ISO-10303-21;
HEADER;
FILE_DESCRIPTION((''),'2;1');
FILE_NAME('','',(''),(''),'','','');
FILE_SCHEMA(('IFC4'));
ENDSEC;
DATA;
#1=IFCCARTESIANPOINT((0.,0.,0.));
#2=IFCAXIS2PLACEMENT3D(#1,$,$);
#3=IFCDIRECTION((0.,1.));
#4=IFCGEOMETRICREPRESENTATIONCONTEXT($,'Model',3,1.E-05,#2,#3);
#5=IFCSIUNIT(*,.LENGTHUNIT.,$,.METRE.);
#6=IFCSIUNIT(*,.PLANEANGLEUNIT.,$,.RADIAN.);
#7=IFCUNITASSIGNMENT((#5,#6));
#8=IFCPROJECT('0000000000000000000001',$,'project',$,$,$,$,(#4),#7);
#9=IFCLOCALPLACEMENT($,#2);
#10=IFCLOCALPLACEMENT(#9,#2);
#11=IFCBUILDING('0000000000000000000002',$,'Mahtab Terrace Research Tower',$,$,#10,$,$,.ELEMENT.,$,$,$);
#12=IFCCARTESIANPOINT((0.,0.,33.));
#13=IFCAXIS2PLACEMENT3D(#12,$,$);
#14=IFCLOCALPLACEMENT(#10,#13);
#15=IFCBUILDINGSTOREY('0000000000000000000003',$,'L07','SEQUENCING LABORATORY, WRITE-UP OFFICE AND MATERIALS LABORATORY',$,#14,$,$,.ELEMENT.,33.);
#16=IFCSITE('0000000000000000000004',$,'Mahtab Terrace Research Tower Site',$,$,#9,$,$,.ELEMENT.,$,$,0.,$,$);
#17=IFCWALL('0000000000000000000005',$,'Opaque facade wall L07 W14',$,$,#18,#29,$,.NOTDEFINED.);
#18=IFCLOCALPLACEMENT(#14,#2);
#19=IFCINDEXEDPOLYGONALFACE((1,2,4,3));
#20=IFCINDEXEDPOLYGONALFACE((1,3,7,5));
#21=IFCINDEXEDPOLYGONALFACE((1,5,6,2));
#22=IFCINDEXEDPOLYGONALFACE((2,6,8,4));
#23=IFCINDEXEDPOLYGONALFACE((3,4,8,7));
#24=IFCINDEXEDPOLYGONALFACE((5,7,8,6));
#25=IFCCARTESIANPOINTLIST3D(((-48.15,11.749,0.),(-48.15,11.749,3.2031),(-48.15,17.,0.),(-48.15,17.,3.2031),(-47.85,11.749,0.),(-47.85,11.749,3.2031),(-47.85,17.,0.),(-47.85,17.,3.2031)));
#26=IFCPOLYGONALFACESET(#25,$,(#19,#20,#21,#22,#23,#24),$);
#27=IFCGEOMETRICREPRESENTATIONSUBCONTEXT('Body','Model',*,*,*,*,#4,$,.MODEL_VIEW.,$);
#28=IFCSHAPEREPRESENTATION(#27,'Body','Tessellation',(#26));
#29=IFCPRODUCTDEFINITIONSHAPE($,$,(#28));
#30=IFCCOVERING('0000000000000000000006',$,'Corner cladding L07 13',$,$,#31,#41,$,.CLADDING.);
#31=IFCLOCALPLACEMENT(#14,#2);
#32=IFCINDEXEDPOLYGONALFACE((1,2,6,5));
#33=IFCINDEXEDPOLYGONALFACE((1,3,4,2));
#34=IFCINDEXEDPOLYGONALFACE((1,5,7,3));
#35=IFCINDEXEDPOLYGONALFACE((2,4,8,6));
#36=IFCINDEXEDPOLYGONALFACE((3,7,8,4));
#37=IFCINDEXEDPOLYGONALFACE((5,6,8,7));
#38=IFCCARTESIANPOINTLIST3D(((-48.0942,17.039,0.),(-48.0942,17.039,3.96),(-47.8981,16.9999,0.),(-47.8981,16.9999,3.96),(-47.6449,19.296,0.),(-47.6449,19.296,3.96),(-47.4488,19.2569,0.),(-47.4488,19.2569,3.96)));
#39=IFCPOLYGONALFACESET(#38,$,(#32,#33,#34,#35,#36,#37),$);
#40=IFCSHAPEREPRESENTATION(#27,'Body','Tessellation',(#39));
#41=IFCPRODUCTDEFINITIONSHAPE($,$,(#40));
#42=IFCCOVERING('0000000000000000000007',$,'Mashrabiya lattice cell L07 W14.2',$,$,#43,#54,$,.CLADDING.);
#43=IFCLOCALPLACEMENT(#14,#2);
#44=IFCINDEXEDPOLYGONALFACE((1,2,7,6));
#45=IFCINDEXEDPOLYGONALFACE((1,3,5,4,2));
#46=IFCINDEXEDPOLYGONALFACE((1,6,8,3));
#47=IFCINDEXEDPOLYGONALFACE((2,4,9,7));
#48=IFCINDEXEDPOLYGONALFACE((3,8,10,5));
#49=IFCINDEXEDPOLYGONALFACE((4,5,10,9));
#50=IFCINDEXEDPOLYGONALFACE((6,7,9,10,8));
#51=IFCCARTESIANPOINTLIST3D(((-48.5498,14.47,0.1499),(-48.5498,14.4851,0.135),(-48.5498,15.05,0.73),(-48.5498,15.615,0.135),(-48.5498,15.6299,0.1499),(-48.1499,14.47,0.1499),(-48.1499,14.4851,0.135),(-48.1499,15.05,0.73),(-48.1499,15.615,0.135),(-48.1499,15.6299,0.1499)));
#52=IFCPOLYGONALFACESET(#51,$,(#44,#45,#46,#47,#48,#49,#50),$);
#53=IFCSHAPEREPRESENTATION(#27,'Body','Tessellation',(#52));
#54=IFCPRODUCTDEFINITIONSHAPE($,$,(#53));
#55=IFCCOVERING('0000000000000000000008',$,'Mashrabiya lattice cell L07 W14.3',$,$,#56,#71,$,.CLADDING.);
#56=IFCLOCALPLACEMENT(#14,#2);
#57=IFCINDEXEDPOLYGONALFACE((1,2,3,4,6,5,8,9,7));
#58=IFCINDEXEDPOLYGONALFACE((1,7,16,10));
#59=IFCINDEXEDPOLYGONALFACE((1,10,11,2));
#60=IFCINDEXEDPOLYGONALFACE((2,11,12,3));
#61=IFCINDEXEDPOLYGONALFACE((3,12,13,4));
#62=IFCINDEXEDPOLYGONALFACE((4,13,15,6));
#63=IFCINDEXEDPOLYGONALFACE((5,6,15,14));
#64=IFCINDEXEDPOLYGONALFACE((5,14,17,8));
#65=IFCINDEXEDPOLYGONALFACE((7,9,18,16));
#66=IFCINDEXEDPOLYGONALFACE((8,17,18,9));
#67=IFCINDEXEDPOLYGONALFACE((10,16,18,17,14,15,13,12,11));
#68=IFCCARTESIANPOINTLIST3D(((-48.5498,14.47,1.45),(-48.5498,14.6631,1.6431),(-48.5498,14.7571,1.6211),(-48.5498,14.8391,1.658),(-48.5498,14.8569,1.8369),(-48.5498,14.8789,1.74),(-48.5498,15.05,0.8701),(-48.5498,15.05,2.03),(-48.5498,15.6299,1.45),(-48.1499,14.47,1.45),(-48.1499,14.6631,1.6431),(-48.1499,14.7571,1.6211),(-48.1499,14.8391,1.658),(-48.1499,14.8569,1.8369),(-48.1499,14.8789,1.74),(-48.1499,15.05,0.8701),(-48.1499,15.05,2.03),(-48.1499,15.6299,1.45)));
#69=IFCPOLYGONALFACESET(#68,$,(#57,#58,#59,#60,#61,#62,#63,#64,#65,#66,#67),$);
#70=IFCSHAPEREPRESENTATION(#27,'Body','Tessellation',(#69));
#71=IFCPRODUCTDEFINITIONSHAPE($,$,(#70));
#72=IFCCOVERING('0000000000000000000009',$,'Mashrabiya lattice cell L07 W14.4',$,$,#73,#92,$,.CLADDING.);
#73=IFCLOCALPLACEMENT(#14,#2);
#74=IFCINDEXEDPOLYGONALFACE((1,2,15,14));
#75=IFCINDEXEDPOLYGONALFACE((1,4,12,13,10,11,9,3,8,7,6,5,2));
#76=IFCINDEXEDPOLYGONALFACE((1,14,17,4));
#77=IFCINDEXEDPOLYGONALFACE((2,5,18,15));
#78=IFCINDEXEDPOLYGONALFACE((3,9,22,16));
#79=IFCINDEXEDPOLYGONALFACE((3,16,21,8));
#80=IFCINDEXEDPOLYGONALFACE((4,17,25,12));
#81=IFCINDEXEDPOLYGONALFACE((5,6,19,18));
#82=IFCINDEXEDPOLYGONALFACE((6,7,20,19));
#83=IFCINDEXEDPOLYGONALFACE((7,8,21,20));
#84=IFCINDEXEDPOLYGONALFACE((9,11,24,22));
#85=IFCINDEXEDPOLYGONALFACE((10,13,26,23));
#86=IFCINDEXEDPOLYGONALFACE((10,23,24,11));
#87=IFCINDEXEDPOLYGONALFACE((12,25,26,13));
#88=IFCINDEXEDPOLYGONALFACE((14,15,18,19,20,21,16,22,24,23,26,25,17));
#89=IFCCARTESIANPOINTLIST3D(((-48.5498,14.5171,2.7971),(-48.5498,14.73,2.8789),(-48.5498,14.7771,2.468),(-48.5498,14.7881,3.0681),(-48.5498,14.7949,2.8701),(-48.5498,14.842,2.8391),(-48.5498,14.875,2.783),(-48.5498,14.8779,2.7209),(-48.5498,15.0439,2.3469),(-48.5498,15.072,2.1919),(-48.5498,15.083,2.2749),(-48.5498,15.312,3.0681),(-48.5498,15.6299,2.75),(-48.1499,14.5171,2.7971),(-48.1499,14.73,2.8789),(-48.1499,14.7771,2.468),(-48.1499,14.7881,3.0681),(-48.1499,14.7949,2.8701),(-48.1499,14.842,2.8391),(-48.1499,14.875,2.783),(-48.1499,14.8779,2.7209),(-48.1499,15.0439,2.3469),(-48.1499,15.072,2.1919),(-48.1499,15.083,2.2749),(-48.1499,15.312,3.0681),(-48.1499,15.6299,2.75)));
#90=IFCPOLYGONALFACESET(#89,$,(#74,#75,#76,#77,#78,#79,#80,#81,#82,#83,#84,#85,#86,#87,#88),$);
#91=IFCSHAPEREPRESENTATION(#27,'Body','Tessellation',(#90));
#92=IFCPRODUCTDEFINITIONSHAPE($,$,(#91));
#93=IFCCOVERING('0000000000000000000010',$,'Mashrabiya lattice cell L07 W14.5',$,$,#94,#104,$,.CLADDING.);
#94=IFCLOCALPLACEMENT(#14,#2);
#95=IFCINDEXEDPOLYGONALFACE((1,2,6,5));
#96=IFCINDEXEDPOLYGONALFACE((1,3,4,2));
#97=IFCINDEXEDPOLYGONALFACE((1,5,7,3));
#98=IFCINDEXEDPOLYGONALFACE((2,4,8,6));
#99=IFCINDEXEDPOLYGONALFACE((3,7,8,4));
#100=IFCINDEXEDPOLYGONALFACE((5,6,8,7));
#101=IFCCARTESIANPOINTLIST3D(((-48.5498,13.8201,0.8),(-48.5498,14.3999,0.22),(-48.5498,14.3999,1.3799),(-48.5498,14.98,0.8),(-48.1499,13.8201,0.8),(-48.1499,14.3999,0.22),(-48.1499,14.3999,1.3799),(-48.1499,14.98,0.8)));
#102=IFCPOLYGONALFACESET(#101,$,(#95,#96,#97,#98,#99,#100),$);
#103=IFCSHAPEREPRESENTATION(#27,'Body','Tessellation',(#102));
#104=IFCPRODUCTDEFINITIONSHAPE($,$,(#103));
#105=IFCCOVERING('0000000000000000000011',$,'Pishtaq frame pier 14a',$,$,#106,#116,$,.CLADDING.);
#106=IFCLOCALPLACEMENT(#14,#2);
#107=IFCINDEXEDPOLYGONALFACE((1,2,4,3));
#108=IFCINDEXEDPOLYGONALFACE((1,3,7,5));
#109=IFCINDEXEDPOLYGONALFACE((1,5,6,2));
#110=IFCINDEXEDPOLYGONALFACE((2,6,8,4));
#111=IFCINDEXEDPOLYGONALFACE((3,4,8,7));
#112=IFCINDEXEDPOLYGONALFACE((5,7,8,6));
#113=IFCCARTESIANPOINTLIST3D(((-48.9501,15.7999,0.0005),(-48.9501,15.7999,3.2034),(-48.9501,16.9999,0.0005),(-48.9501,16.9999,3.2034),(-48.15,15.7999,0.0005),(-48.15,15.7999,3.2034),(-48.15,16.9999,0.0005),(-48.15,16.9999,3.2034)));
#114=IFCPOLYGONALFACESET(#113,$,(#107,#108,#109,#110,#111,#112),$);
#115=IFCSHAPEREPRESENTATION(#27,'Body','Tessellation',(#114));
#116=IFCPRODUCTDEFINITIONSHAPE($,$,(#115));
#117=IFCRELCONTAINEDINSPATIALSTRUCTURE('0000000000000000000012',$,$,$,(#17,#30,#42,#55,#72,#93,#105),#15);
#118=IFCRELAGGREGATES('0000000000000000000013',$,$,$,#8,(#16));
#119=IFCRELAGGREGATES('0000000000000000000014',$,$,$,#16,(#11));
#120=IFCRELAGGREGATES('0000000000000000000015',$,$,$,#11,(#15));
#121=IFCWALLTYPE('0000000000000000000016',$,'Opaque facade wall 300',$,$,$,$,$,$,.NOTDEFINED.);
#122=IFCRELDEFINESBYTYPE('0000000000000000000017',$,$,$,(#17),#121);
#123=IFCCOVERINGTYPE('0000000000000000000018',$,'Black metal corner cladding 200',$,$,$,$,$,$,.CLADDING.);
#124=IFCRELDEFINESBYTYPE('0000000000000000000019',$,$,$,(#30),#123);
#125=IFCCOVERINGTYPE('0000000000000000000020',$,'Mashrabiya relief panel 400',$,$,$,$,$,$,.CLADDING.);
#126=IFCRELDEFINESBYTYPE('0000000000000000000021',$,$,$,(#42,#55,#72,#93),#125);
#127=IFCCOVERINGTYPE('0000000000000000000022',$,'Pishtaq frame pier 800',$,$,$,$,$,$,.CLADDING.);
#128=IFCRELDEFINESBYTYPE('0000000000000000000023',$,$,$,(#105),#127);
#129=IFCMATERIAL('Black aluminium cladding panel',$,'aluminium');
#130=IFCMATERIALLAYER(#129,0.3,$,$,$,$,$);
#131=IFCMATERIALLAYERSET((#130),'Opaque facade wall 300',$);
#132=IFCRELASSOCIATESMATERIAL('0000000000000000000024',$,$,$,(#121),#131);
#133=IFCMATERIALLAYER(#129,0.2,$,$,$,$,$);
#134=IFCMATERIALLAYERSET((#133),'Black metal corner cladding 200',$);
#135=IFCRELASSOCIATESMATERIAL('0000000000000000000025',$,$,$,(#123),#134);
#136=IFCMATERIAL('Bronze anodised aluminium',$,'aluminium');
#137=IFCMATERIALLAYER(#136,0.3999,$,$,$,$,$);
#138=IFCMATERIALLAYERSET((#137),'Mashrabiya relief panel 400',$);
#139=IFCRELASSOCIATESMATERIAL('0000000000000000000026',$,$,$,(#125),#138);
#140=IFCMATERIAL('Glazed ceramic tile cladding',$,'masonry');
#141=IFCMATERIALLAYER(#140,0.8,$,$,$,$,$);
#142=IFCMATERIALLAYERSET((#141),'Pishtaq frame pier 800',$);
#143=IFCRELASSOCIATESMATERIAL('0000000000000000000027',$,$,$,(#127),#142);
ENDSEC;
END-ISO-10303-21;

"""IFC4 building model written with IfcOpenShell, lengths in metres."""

from ifc_helpers import new_model, si_unit, direction, frame, frame_2d, origin, origin_2d, place, context, subcontext, project, spatial, polyline, rectangle, outline, extrude, material, layer, layer_set, type_object, element, save


model = new_model("IFC4")

# Units and contexts
model_context = context("Model", 3, precision=1e-05, world=origin(), true_north=direction((0.0, 1.0)))
body_context = subcontext(model_context, "Body", "Model", "MODEL_VIEW")
ifc_project = project(units=[si_unit("LENGTHUNIT", "METRE"), si_unit("PLANEANGLEUNIT", "RADIAN")], contexts=[model_context])

# Site, building, storey
site_placement = place(None, origin())
site = spatial("IfcSite", under=ifc_project, at=site_placement, Name="Mahtab Terrace Research Tower Site", CompositionType="ELEMENT", RefElevation=0.0)
building_placement = place(site_placement, origin())
building = spatial("IfcBuilding", under=site, at=building_placement, Name="Mahtab Terrace Research Tower", CompositionType="ELEMENT")
storey_placement = place(building_placement, frame((0.0, 0.0, 33.0)))
storey = spatial("IfcBuildingStorey", under=building, at=storey_placement, Name="L07", Description="SEQUENCING LABORATORY, WRITE-UP OFFICE AND MATERIALS LABORATORY", CompositionType="ELEMENT", Elevation=33.0)

# Wall
ifc_material_1 = material(Name="Black aluminium cladding panel", Category="aluminium")
ifc_layer_1 = layer(ifc_material_1, 0.3)
ifc_layer_set_1 = layer_set([ifc_layer_1], Name="Opaque facade wall 300")
wall_type_1 = type_object("IfcWallType", Name="Opaque facade wall 300", PredefinedType="NOTDEFINED", material=ifc_layer_set_1)
wall_1_placement = place(storey_placement, frame((-48.0, 17.0, 0.0), z_axis=(0.0, 0.0, 1.0), x_axis=(0.0, -1.0, 0.0)))
element("IfcWall", 1, at=wall_1_placement, inside=storey, type_object=wall_type_1, Name="Opaque facade wall L07 W14", PredefinedType="NOTDEFINED", context=body_context, shape_type="SweptSolid", body=[
    extrude(rectangle(XDim=5.251, YDim=0.3, at=frame_2d((2.6255, 0.0))), origin(), (0.0, 0.0, 1.0), 3.2031),
])

# Coverings
ifc_layer_2 = layer(ifc_material_1, 0.2)
ifc_layer_set_2 = layer_set([ifc_layer_2], Name="Black metal corner cladding 200")
covering_type_1 = type_object("IfcCoveringType", Name="Black metal corner cladding 200", PredefinedType="CLADDING", material=ifc_layer_set_2)
covering_1_placement = place(storey_placement, frame((-47.7715, 18.1479, 0.0), z_axis=(0.0, 0.0, 1.0), x_axis=(-0.195212, -0.980761, 0.0)))
element("IfcCovering", 2, at=covering_1_placement, inside=storey, type_object=covering_type_1, Name="Corner cladding L07 13", PredefinedType="CLADDING", context=body_context, shape_type="SweptSolid", body=[
    extrude(rectangle(XDim=2.3013, YDim=0.2, at=origin_2d()), origin(), (0.0, 0.0, 1.0), 3.96),
])
ifc_material_2 = material(Name="Bronze anodised aluminium", Category="aluminium")
ifc_layer_3 = layer(ifc_material_2, 0.3999)
ifc_layer_set_3 = layer_set([ifc_layer_3], Name="Mashrabiya relief panel 400")
covering_type_2 = type_object("IfcCoveringType", Name="Mashrabiya relief panel 400", PredefinedType="CLADDING", material=ifc_layer_set_3)
covering_2_placement = place(storey_placement, frame((-48.1499, 15.6299, 0.1499), z_axis=(1.0, 0.0, 0.0), x_axis=(0.0, -0.706958, 0.707256)))
element("IfcCovering", 3, at=covering_2_placement, inside=storey, type_object=covering_type_2, Name="Mashrabiya lattice cell L07 W14.2", PredefinedType="CLADDING", context=body_context, shape_type="SweptSolid", body=[
    extrude(outline(polyline([(0.0, 0.0), (0.8202, 0.0), (0.82, 0.8204), (0.7988, 0.8202), (0.0, 0.0211), (0.0, 0.0)])), origin(), (0.0, 0.0, -1.0), 0.3999),
])
covering_3_placement = place(storey_placement, frame((-48.1499, 14.47, 1.45), z_axis=(1.0, 0.0, 0.0), x_axis=(0.0, 0.707256, -0.706958)))
element("IfcCovering", 4, at=covering_3_placement, inside=storey, type_object=covering_type_2, Name="Mashrabiya lattice cell L07 W14.3", PredefinedType="CLADDING", context=body_context, shape_type="SweptSolid", body=[
    extrude(outline(polyline([(0.0, 0.0), (0.8202, 0.0), (0.8204, 0.82), (0.0002, 0.8204), (0.0001, 0.5472), (0.0842, 0.4942), (0.114, 0.4081), (0.0821, 0.324), (0.0001, 0.2731), (0.0, 0.0)])), origin(), (0.0, 0.0, -1.0), 0.3999),
])
covering_4_placement = place(storey_placement, frame((-48.1499, 15.6299, 2.75), z_axis=(1.0, 0.0, 0.0), x_axis=(0.0, -0.706835, 0.707378)))
element("IfcCovering", 5, at=covering_4_placement, inside=storey, type_object=covering_type_2, Name="Mashrabiya lattice cell L07 W14.4", PredefinedType="CLADDING", context=body_context, shape_type="SweptSolid", body=[
    extrude(outline(polyline([(0.0, 0.0), (0.4497, 0.0), (0.82, 0.3706), (0.8199, 0.7539), (0.7273, 0.5455), (0.6751, 0.5057), (0.6199, 0.4943), (0.5569, 0.5107), (0.511, 0.5525), (0.4033, 0.8026), (0.129, 0.6994), (0.0505, 0.7227), (-0.0005, 0.7891), (0.0, 0.0)])), origin(), (0.0, 0.0, -1.0), 0.3999),
])
covering_5_placement = place(storey_placement, frame((-48.1499, 14.3999, 1.3799), z_axis=(1.0, 0.0, 0.0), x_axis=(0.0, -0.707107, -0.707107)))
element("IfcCovering", 6, at=covering_5_placement, inside=storey, type_object=covering_type_2, Name="Mashrabiya lattice cell L07 W14.5", PredefinedType="CLADDING", context=body_context, shape_type="SweptSolid", body=[
    extrude(outline(polyline([(0.0, 0.0), (0.82, 0.0), (0.8202, 0.8202), (-0.0002, 0.8202), (0.0, 0.0)])), origin(), (0.0, 0.0, -1.0), 0.3999),
])
ifc_material_3 = material(Name="Glazed ceramic tile cladding", Category="masonry")
ifc_layer_4 = layer(ifc_material_3, 0.8)
ifc_layer_set_4 = layer_set([ifc_layer_4], Name="Pishtaq frame pier 800")
covering_type_3 = type_object("IfcCoveringType", Name="Pishtaq frame pier 800", PredefinedType="CLADDING", material=ifc_layer_set_4)
covering_6_placement = place(storey_placement, frame((-48.55, 16.3999, 0.0005), z_axis=(0.0, 0.0, 1.0), x_axis=(0.0, -1.0, 0.0)))
element("IfcCovering", 7, at=covering_6_placement, inside=storey, type_object=covering_type_3, Name="Pishtaq frame pier 14a", PredefinedType="CLADDING", context=body_context, shape_type="SweptSolid", body=[
    extrude(rectangle(XDim=1.2, YDim=0.8, at=origin_2d()), origin(), (0.0, 0.0, 1.0), 3.2029),
])

save(model, "model.ifc")
